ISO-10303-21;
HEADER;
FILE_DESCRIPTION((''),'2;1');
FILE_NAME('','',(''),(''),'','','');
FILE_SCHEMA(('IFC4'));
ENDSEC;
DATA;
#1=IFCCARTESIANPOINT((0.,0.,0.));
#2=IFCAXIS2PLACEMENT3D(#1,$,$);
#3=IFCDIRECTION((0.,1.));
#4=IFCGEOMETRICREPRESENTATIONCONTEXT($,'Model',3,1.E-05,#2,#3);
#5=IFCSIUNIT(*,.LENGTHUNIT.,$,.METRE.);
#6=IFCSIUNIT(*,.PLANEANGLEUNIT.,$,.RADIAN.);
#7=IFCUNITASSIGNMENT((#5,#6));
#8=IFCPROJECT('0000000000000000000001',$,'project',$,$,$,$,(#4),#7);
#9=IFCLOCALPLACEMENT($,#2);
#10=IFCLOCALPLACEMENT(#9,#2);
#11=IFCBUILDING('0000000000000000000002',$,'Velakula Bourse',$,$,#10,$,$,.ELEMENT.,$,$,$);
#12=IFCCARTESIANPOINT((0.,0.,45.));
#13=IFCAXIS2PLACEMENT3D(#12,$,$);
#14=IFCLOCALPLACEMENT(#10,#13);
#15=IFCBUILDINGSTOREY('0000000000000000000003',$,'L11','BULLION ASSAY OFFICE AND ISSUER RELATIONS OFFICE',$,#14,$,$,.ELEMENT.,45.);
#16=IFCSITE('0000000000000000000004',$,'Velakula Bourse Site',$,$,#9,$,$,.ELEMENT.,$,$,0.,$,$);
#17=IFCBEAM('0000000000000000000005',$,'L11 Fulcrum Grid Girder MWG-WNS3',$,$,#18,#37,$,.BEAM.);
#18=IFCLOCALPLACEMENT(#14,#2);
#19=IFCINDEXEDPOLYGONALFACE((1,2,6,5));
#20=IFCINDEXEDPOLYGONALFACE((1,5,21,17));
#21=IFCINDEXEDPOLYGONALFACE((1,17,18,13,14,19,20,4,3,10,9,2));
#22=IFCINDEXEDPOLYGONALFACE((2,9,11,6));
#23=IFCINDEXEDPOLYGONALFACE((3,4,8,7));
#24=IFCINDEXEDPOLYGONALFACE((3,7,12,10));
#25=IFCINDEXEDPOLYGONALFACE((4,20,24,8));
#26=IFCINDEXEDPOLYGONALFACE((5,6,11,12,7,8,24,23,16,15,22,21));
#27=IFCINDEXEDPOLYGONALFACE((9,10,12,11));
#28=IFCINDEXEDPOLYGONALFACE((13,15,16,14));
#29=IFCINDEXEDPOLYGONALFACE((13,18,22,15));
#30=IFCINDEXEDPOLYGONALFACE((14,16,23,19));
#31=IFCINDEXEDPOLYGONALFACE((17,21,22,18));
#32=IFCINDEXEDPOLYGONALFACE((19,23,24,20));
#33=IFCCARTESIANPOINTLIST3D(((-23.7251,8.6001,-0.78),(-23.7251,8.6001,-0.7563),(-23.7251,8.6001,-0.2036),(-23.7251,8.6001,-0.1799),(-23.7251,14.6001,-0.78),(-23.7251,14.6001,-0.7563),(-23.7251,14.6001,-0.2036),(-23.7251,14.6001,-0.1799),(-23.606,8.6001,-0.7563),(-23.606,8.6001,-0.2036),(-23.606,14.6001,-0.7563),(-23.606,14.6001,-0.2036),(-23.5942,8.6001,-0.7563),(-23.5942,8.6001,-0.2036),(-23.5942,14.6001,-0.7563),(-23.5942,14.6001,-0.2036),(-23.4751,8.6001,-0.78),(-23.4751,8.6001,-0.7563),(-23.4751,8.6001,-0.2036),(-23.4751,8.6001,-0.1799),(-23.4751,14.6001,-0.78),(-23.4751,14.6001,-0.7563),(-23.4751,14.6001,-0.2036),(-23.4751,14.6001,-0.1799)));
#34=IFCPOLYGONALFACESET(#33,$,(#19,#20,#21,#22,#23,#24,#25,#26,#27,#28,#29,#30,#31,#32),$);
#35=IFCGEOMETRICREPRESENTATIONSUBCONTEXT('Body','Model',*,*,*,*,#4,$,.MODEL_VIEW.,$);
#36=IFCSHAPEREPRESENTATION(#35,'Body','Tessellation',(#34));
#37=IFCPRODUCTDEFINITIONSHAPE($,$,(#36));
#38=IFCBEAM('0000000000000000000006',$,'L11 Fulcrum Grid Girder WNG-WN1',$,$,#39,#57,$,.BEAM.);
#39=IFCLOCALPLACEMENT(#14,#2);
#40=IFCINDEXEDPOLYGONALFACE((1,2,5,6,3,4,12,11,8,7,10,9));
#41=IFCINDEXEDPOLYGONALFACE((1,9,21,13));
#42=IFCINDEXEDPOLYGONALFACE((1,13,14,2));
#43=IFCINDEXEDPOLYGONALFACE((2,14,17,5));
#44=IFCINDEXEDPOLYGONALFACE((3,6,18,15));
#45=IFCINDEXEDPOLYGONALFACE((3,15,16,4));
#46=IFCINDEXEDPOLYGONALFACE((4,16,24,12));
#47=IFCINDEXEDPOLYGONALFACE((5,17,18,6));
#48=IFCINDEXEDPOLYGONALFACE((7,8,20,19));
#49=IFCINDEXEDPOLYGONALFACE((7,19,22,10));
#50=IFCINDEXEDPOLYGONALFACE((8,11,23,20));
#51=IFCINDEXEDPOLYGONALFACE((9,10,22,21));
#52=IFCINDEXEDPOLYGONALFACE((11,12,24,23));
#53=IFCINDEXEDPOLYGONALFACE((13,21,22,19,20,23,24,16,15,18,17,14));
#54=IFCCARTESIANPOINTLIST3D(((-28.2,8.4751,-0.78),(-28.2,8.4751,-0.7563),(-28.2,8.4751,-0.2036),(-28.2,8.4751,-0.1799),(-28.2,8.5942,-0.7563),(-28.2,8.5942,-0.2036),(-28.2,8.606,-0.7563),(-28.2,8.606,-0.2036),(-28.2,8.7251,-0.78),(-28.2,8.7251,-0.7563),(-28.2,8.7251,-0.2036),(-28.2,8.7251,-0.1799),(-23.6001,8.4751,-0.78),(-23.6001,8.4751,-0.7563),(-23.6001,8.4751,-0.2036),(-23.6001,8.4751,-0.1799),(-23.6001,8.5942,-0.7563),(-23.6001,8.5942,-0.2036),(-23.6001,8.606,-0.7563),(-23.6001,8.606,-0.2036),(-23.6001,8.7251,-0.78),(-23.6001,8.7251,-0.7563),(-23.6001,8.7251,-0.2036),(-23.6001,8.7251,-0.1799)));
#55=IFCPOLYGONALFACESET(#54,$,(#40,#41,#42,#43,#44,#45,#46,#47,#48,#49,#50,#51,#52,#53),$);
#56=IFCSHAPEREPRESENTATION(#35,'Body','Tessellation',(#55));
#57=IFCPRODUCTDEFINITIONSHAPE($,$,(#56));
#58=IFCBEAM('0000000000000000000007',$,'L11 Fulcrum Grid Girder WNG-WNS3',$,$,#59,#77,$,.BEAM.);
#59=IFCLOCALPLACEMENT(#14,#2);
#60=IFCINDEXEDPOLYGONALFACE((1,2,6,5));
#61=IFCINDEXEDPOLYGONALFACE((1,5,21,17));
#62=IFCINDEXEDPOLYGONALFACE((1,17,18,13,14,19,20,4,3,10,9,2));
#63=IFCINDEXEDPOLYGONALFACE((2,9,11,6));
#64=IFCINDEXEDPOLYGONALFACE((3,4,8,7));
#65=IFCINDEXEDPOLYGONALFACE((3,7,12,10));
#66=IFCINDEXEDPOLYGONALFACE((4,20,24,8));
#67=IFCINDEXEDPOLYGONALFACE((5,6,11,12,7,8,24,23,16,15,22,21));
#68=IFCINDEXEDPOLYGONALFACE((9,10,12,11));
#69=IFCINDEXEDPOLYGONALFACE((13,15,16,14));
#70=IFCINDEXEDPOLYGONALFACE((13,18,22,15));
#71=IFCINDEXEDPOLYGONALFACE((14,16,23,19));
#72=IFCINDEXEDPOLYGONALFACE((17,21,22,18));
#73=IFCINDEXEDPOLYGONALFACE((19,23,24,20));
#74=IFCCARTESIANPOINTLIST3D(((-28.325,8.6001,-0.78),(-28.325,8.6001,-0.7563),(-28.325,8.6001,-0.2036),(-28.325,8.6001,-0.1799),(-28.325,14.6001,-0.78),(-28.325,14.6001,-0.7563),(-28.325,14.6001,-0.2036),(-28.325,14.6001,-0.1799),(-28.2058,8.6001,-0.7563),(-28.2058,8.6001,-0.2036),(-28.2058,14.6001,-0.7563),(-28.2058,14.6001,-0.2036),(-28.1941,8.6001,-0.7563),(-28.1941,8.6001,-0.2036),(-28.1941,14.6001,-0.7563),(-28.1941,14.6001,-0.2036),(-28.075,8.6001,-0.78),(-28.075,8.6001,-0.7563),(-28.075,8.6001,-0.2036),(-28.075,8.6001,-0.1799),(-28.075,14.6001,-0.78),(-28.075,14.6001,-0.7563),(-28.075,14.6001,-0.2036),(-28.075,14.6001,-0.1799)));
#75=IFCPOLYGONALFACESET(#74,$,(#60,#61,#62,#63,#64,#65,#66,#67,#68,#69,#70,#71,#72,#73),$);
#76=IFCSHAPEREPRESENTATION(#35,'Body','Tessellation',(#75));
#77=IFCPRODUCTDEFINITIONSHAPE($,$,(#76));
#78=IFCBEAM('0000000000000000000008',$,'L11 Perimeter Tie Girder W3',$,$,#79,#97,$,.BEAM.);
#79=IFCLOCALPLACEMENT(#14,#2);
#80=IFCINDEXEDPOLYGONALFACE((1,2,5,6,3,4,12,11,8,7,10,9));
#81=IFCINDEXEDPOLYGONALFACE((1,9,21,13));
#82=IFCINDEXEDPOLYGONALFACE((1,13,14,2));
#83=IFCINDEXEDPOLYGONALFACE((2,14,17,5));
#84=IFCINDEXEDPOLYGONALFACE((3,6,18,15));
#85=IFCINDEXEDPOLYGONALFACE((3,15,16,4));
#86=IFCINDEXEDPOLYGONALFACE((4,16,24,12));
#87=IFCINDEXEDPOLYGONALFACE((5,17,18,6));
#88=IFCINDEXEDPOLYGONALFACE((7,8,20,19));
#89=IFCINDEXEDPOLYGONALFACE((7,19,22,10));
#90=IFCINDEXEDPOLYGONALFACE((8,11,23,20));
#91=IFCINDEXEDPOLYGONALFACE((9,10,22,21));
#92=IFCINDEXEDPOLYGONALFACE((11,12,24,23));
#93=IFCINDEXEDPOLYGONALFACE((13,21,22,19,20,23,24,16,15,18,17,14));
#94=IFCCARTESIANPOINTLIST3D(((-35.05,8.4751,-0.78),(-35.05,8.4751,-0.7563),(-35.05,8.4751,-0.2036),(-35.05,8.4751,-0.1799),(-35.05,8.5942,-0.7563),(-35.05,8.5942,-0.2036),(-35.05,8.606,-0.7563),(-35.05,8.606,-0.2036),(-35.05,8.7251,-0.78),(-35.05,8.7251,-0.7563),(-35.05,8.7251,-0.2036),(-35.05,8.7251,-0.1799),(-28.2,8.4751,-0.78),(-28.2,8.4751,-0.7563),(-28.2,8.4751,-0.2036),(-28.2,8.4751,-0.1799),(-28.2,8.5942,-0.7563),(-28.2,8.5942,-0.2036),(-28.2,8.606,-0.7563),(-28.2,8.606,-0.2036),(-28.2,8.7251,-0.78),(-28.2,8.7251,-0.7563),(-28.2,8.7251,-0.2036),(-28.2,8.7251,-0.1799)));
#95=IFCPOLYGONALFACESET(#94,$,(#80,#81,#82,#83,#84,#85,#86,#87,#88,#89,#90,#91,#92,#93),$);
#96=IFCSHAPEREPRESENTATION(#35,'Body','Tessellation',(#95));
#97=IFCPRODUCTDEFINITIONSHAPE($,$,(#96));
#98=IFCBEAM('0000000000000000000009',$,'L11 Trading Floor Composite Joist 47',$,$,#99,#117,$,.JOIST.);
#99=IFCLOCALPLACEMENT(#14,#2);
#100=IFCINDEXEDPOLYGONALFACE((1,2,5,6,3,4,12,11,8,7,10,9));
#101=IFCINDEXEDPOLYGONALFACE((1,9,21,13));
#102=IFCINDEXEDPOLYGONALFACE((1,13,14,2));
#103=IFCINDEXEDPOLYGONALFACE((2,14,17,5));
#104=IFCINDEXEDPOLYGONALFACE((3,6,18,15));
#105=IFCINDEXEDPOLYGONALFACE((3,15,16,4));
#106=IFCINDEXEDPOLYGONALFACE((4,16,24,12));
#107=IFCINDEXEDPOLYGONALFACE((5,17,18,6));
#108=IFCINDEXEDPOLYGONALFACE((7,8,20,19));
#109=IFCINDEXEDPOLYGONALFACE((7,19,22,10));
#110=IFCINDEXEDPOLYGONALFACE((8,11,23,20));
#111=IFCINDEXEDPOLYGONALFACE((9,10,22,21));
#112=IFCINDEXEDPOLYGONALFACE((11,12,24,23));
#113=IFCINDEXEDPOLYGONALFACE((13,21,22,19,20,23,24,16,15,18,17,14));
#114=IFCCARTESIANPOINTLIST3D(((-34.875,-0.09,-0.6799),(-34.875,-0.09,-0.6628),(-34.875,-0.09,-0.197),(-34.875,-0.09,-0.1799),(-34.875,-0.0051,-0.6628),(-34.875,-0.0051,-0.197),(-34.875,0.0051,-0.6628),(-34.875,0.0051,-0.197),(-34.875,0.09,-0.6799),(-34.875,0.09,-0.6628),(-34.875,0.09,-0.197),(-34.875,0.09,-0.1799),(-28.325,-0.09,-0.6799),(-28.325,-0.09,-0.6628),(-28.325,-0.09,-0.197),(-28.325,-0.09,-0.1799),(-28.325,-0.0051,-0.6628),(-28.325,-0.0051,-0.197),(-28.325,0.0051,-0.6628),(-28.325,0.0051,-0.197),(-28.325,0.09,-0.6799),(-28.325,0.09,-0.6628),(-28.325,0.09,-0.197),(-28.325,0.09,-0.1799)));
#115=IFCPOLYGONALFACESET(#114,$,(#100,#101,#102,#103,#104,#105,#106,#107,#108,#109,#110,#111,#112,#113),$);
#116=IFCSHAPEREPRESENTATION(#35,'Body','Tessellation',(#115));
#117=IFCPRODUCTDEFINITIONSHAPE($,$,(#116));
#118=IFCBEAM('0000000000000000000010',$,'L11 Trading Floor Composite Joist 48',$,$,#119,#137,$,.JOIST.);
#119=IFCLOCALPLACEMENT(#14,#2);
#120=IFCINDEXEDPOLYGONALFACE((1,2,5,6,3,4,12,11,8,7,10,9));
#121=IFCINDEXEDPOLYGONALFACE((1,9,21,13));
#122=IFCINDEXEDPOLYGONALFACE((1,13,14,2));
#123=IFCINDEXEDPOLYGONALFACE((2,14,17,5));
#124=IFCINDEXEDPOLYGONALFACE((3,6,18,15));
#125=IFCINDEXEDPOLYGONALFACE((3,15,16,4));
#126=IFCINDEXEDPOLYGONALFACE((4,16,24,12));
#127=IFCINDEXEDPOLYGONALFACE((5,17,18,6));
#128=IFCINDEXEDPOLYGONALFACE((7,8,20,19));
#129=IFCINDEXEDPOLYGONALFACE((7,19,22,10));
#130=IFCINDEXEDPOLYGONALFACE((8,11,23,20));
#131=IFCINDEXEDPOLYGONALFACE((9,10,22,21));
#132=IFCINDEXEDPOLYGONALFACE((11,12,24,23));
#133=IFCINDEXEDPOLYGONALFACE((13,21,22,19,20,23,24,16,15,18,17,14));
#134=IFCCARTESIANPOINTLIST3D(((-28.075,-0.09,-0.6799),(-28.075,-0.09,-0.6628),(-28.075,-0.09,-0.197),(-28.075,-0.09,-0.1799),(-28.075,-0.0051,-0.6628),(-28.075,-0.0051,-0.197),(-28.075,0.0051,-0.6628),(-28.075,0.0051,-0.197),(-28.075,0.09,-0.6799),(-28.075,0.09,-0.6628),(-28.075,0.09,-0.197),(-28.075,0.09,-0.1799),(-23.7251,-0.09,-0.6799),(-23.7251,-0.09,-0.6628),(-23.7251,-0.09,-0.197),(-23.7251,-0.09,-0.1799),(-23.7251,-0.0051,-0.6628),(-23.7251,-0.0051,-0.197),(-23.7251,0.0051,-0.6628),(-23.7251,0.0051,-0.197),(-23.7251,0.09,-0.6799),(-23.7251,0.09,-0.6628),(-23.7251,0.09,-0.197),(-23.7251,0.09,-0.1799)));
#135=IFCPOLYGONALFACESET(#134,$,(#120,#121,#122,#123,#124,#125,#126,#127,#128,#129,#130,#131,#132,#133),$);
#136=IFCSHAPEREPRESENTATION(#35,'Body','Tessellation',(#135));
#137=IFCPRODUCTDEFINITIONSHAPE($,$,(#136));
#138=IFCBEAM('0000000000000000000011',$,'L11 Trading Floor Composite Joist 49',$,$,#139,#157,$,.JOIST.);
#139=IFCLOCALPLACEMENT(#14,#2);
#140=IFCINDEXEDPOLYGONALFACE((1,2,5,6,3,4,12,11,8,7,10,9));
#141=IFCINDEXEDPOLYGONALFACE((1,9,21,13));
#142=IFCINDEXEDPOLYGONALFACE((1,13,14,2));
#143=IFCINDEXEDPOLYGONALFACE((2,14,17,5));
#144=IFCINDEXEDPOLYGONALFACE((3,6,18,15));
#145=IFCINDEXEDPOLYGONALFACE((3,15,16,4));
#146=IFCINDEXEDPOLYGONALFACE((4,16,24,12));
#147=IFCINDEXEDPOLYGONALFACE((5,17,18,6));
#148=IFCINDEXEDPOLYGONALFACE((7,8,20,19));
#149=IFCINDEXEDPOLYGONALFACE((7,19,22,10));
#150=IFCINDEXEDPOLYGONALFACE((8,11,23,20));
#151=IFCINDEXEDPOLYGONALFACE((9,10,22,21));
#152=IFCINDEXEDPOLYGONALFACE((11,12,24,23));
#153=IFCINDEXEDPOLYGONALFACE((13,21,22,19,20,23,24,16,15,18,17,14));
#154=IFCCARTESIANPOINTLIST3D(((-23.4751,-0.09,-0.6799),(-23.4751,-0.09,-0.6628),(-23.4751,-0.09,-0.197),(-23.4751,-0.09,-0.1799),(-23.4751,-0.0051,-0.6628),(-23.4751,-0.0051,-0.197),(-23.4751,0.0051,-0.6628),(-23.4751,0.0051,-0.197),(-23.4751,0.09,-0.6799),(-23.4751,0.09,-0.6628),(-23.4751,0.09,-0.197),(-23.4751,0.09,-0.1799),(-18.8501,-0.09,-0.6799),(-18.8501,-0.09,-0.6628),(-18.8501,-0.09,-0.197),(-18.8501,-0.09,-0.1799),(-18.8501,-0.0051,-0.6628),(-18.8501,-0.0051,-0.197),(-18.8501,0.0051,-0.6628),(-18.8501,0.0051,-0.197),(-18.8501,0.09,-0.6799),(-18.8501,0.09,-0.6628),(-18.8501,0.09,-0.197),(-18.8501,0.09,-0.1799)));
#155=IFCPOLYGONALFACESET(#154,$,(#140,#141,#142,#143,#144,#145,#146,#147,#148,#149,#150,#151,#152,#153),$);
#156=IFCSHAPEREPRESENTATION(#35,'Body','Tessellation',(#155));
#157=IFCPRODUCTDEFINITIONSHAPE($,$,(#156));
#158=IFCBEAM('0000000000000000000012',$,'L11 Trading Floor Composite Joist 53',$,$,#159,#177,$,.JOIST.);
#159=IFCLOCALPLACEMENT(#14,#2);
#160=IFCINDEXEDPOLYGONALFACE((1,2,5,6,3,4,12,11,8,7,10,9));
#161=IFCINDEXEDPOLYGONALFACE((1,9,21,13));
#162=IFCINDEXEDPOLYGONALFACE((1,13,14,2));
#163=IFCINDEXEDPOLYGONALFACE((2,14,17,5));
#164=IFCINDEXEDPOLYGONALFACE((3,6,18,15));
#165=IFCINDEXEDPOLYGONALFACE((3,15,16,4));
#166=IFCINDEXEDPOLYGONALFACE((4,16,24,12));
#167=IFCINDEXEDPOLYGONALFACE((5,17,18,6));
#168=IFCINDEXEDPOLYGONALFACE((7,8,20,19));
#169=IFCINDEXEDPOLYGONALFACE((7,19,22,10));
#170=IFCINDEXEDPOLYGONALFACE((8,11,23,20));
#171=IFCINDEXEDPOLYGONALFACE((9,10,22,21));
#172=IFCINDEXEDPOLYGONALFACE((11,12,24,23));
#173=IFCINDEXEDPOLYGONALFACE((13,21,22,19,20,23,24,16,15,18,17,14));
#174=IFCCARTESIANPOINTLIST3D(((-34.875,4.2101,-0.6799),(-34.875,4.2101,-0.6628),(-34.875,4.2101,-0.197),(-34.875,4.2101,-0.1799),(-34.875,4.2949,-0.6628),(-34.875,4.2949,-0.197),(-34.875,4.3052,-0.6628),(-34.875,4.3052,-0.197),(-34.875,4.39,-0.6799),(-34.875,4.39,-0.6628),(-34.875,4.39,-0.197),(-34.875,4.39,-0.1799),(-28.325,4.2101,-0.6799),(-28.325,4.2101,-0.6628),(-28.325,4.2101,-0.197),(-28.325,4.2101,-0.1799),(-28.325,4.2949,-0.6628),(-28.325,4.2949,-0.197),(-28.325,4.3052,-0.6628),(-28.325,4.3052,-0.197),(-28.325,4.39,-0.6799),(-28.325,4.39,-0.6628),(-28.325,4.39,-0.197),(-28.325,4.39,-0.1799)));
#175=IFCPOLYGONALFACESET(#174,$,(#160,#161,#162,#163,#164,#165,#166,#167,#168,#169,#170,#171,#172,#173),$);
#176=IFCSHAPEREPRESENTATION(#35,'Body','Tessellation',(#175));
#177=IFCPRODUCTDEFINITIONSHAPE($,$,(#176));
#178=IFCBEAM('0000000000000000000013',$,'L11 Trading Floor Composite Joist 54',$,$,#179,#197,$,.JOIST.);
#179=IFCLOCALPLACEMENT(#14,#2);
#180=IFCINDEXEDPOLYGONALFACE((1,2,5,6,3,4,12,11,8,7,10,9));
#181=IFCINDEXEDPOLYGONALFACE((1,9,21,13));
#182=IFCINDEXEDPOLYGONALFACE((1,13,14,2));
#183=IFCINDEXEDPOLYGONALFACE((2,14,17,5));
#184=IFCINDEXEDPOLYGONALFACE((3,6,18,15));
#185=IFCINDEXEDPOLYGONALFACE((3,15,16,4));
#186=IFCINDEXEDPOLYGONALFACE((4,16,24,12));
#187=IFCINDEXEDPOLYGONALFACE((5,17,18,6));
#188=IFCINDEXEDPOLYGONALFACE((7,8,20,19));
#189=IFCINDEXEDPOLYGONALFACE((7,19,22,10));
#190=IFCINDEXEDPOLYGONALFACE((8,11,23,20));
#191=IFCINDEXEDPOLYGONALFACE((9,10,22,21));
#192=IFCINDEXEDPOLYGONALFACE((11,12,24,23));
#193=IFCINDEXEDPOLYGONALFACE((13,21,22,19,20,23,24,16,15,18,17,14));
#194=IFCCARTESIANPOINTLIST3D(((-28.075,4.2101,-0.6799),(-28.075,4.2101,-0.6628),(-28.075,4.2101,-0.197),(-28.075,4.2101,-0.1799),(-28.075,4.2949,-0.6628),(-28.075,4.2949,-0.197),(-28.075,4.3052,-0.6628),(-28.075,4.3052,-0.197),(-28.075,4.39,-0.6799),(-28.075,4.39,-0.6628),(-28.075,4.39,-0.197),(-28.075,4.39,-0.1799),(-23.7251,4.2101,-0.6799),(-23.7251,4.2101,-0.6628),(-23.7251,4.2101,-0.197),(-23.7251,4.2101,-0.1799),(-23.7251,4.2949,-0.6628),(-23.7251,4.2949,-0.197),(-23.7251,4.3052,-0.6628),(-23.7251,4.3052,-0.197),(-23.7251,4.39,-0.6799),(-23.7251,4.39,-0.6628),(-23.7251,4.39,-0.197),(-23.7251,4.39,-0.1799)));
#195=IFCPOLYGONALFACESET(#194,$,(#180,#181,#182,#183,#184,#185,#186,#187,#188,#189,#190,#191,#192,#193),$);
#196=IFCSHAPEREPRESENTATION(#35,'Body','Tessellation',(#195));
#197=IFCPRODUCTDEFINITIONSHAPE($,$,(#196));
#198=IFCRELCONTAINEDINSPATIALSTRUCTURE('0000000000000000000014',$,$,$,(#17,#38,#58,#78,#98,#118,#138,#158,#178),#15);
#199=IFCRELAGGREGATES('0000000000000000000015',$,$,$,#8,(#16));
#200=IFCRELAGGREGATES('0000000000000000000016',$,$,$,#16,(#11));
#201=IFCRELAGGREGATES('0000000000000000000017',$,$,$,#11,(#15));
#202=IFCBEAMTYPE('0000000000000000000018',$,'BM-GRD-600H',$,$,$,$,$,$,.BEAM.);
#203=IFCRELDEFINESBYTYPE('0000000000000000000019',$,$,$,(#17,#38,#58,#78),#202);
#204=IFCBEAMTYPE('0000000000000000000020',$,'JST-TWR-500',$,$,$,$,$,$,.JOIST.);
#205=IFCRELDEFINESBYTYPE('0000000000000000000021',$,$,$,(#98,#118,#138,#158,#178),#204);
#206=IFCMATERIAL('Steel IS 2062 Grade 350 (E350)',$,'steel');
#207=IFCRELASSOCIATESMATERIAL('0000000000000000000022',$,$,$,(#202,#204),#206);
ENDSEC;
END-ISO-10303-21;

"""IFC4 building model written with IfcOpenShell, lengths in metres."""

from ifc_helpers import new_model, si_unit, direction, frame, origin, origin_2d, place, context, subcontext, project, spatial, i_section, extrude, material, material_profile, profile_set, type_object, element, save


model = new_model("IFC4")

# Units and contexts
model_context = context("Model", 3, precision=1e-05, world=origin(), true_north=direction((0.0, 1.0)))
body_context = subcontext(model_context, "Body", "Model", "MODEL_VIEW")
ifc_project = project(units=[si_unit("LENGTHUNIT", "METRE"), si_unit("PLANEANGLEUNIT", "RADIAN")], contexts=[model_context])

# Site, building, storey
site_placement = place(None, origin())
site = spatial("IfcSite", under=ifc_project, at=site_placement, Name="Velakula Bourse Site", CompositionType="ELEMENT", RefElevation=0.0)
building_placement = place(site_placement, origin())
building = spatial("IfcBuilding", under=site, at=building_placement, Name="Velakula Bourse", CompositionType="ELEMENT")
storey_placement = place(building_placement, frame((0.0, 0.0, 45.0)))
storey = spatial("IfcBuildingStorey", under=building, at=storey_placement, Name="L11", Description="BULLION ASSAY OFFICE AND ISSUER RELATIONS OFFICE", CompositionType="ELEMENT", Elevation=45.0)

# Beams
ifc_material_1 = material(Name="Steel IS 2062 Grade 350 (E350)", Category="steel")
ifc_material_profile_1 = material_profile(ifc_material_1, i_section(OverallWidth=0.25, OverallDepth=0.6001, WebThickness=0.0117, FlangeThickness=0.0237, at=origin_2d()), Name="Steel IS 2062 Grade 350 (E350)")
ifc_profile_set_1 = profile_set([ifc_material_profile_1], Name="Steel IS 2062 Grade 350 (E350)")
beam_type_1 = type_object("IfcBeamType", Name="BM-GRD-600H", PredefinedType="BEAM", material=ifc_profile_set_1)
beam_1_placement = place(storey_placement, frame((-23.6001, 8.6001, -0.48), z_axis=(0.0, 1.0, 0.0), x_axis=(-1.0, 0.0, 0.0)))
element("IfcBeam", 1, at=beam_1_placement, inside=storey, type_object=beam_type_1, Name="L11 Fulcrum Grid Girder MWG-WNS3", PredefinedType="BEAM", context=body_context, shape_type="SweptSolid", body=[
    extrude(i_section(OverallWidth=0.25, OverallDepth=0.6001, WebThickness=0.0117, FlangeThickness=0.0237, at=origin_2d()), origin(), (0.0, 0.0, 1.0), 6.0),
])
beam_2_placement = place(storey_placement, frame((-28.2, 8.6001, -0.48), z_axis=(1.0, 0.0, 0.0), x_axis=(0.0, 1.0, 0.0)))
element("IfcBeam", 2, at=beam_2_placement, inside=storey, type_object=beam_type_1, Name="L11 Fulcrum Grid Girder WNG-WN1", PredefinedType="BEAM", context=body_context, shape_type="SweptSolid", body=[
    extrude(i_section(OverallWidth=0.25, OverallDepth=0.6001, WebThickness=0.0117, FlangeThickness=0.0237, at=origin_2d()), origin(), (0.0, 0.0, 1.0), 4.5999),
])
beam_3_placement = place(storey_placement, frame((-28.2, 8.6001, -0.48), z_axis=(0.0, 1.0, 0.0), x_axis=(-1.0, 0.0, 0.0)))
element("IfcBeam", 3, at=beam_3_placement, inside=storey, type_object=beam_type_1, Name="L11 Fulcrum Grid Girder WNG-WNS3", PredefinedType="BEAM", context=body_context, shape_type="SweptSolid", body=[
    extrude(i_section(OverallWidth=0.25, OverallDepth=0.6001, WebThickness=0.0117, FlangeThickness=0.0237, at=origin_2d()), origin(), (0.0, 0.0, 1.0), 6.0),
])
beam_4_placement = place(storey_placement, frame((-28.2, 8.6001, -0.48), z_axis=(-1.0, 0.0, 0.0), x_axis=(0.0, -1.0, 0.0)))
element("IfcBeam", 4, at=beam_4_placement, inside=storey, type_object=beam_type_1, Name="L11 Perimeter Tie Girder W3", PredefinedType="BEAM", context=body_context, shape_type="SweptSolid", body=[
    extrude(i_section(OverallWidth=0.25, OverallDepth=0.6001, WebThickness=0.0117, FlangeThickness=0.0237, at=origin_2d()), origin(), (0.0, 0.0, 1.0), 6.8501),
])
ifc_material_profile_2 = material_profile(ifc_material_1, i_section(OverallWidth=0.1799, OverallDepth=0.5, WebThickness=0.0103, FlangeThickness=0.0171, at=origin_2d()), Name="Steel IS 2062 Grade 350 (E350)")
ifc_profile_set_2 = profile_set([ifc_material_profile_2], Name="Steel IS 2062 Grade 350 (E350)")
beam_type_2 = type_object("IfcBeamType", Name="JST-TWR-500", PredefinedType="JOIST", material=ifc_profile_set_2)
beam_5_placement = place(storey_placement, frame((-34.875, 0.0, -0.4299), z_axis=(1.0, 0.0, 0.0), x_axis=(0.0, 1.0, 0.0)))
element("IfcBeam", 5, at=beam_5_placement, inside=storey, type_object=beam_type_2, Name="L11 Trading Floor Composite Joist 47", PredefinedType="JOIST", context=body_context, shape_type="SweptSolid", body=[
    extrude(i_section(OverallWidth=0.1799, OverallDepth=0.5, WebThickness=0.0103, FlangeThickness=0.0171, at=origin_2d()), origin(), (0.0, 0.0, 1.0), 6.55),
])
beam_6_placement = place(storey_placement, frame((-28.075, 0.0, -0.4299), z_axis=(1.0, 0.0, 0.0), x_axis=(0.0, 1.0, 0.0)))
element("IfcBeam", 6, at=beam_6_placement, inside=storey, type_object=beam_type_2, Name="L11 Trading Floor Composite Joist 48", PredefinedType="JOIST", context=body_context, shape_type="SweptSolid", body=[
    extrude(i_section(OverallWidth=0.1799, OverallDepth=0.5, WebThickness=0.0103, FlangeThickness=0.0171, at=origin_2d()), origin(), (0.0, 0.0, 1.0), 4.3499),
])
beam_7_placement = place(storey_placement, frame((-23.4751, 0.0, -0.4299), z_axis=(1.0, 0.0, 0.0), x_axis=(0.0, 1.0, 0.0)))
element("IfcBeam", 7, at=beam_7_placement, inside=storey, type_object=beam_type_2, Name="L11 Trading Floor Composite Joist 49", PredefinedType="JOIST", context=body_context, shape_type="SweptSolid", body=[
    extrude(i_section(OverallWidth=0.1799, OverallDepth=0.5, WebThickness=0.0103, FlangeThickness=0.0171, at=origin_2d()), origin(), (0.0, 0.0, 1.0), 4.625),
])
beam_8_placement = place(storey_placement, frame((-34.875, 4.3, -0.4299), z_axis=(1.0, 0.0, 0.0), x_axis=(0.0, 1.0, 0.0)))
element("IfcBeam", 8, at=beam_8_placement, inside=storey, type_object=beam_type_2, Name="L11 Trading Floor Composite Joist 53", PredefinedType="JOIST", context=body_context, shape_type="SweptSolid", body=[
    extrude(i_section(OverallWidth=0.1799, OverallDepth=0.5, WebThickness=0.0103, FlangeThickness=0.0171, at=origin_2d()), origin(), (0.0, 0.0, 1.0), 6.55),
])
beam_9_placement = place(storey_placement, frame((-28.075, 4.3, -0.4299), z_axis=(1.0, 0.0, 0.0), x_axis=(0.0, 1.0, 0.0)))
element("IfcBeam", 9, at=beam_9_placement, inside=storey, type_object=beam_type_2, Name="L11 Trading Floor Composite Joist 54", PredefinedType="JOIST", context=body_context, shape_type="SweptSolid", body=[
    extrude(i_section(OverallWidth=0.1799, OverallDepth=0.5, WebThickness=0.0103, FlangeThickness=0.0171, at=origin_2d()), origin(), (0.0, 0.0, 1.0), 4.3499),
])

save(model, "model.ifc")
